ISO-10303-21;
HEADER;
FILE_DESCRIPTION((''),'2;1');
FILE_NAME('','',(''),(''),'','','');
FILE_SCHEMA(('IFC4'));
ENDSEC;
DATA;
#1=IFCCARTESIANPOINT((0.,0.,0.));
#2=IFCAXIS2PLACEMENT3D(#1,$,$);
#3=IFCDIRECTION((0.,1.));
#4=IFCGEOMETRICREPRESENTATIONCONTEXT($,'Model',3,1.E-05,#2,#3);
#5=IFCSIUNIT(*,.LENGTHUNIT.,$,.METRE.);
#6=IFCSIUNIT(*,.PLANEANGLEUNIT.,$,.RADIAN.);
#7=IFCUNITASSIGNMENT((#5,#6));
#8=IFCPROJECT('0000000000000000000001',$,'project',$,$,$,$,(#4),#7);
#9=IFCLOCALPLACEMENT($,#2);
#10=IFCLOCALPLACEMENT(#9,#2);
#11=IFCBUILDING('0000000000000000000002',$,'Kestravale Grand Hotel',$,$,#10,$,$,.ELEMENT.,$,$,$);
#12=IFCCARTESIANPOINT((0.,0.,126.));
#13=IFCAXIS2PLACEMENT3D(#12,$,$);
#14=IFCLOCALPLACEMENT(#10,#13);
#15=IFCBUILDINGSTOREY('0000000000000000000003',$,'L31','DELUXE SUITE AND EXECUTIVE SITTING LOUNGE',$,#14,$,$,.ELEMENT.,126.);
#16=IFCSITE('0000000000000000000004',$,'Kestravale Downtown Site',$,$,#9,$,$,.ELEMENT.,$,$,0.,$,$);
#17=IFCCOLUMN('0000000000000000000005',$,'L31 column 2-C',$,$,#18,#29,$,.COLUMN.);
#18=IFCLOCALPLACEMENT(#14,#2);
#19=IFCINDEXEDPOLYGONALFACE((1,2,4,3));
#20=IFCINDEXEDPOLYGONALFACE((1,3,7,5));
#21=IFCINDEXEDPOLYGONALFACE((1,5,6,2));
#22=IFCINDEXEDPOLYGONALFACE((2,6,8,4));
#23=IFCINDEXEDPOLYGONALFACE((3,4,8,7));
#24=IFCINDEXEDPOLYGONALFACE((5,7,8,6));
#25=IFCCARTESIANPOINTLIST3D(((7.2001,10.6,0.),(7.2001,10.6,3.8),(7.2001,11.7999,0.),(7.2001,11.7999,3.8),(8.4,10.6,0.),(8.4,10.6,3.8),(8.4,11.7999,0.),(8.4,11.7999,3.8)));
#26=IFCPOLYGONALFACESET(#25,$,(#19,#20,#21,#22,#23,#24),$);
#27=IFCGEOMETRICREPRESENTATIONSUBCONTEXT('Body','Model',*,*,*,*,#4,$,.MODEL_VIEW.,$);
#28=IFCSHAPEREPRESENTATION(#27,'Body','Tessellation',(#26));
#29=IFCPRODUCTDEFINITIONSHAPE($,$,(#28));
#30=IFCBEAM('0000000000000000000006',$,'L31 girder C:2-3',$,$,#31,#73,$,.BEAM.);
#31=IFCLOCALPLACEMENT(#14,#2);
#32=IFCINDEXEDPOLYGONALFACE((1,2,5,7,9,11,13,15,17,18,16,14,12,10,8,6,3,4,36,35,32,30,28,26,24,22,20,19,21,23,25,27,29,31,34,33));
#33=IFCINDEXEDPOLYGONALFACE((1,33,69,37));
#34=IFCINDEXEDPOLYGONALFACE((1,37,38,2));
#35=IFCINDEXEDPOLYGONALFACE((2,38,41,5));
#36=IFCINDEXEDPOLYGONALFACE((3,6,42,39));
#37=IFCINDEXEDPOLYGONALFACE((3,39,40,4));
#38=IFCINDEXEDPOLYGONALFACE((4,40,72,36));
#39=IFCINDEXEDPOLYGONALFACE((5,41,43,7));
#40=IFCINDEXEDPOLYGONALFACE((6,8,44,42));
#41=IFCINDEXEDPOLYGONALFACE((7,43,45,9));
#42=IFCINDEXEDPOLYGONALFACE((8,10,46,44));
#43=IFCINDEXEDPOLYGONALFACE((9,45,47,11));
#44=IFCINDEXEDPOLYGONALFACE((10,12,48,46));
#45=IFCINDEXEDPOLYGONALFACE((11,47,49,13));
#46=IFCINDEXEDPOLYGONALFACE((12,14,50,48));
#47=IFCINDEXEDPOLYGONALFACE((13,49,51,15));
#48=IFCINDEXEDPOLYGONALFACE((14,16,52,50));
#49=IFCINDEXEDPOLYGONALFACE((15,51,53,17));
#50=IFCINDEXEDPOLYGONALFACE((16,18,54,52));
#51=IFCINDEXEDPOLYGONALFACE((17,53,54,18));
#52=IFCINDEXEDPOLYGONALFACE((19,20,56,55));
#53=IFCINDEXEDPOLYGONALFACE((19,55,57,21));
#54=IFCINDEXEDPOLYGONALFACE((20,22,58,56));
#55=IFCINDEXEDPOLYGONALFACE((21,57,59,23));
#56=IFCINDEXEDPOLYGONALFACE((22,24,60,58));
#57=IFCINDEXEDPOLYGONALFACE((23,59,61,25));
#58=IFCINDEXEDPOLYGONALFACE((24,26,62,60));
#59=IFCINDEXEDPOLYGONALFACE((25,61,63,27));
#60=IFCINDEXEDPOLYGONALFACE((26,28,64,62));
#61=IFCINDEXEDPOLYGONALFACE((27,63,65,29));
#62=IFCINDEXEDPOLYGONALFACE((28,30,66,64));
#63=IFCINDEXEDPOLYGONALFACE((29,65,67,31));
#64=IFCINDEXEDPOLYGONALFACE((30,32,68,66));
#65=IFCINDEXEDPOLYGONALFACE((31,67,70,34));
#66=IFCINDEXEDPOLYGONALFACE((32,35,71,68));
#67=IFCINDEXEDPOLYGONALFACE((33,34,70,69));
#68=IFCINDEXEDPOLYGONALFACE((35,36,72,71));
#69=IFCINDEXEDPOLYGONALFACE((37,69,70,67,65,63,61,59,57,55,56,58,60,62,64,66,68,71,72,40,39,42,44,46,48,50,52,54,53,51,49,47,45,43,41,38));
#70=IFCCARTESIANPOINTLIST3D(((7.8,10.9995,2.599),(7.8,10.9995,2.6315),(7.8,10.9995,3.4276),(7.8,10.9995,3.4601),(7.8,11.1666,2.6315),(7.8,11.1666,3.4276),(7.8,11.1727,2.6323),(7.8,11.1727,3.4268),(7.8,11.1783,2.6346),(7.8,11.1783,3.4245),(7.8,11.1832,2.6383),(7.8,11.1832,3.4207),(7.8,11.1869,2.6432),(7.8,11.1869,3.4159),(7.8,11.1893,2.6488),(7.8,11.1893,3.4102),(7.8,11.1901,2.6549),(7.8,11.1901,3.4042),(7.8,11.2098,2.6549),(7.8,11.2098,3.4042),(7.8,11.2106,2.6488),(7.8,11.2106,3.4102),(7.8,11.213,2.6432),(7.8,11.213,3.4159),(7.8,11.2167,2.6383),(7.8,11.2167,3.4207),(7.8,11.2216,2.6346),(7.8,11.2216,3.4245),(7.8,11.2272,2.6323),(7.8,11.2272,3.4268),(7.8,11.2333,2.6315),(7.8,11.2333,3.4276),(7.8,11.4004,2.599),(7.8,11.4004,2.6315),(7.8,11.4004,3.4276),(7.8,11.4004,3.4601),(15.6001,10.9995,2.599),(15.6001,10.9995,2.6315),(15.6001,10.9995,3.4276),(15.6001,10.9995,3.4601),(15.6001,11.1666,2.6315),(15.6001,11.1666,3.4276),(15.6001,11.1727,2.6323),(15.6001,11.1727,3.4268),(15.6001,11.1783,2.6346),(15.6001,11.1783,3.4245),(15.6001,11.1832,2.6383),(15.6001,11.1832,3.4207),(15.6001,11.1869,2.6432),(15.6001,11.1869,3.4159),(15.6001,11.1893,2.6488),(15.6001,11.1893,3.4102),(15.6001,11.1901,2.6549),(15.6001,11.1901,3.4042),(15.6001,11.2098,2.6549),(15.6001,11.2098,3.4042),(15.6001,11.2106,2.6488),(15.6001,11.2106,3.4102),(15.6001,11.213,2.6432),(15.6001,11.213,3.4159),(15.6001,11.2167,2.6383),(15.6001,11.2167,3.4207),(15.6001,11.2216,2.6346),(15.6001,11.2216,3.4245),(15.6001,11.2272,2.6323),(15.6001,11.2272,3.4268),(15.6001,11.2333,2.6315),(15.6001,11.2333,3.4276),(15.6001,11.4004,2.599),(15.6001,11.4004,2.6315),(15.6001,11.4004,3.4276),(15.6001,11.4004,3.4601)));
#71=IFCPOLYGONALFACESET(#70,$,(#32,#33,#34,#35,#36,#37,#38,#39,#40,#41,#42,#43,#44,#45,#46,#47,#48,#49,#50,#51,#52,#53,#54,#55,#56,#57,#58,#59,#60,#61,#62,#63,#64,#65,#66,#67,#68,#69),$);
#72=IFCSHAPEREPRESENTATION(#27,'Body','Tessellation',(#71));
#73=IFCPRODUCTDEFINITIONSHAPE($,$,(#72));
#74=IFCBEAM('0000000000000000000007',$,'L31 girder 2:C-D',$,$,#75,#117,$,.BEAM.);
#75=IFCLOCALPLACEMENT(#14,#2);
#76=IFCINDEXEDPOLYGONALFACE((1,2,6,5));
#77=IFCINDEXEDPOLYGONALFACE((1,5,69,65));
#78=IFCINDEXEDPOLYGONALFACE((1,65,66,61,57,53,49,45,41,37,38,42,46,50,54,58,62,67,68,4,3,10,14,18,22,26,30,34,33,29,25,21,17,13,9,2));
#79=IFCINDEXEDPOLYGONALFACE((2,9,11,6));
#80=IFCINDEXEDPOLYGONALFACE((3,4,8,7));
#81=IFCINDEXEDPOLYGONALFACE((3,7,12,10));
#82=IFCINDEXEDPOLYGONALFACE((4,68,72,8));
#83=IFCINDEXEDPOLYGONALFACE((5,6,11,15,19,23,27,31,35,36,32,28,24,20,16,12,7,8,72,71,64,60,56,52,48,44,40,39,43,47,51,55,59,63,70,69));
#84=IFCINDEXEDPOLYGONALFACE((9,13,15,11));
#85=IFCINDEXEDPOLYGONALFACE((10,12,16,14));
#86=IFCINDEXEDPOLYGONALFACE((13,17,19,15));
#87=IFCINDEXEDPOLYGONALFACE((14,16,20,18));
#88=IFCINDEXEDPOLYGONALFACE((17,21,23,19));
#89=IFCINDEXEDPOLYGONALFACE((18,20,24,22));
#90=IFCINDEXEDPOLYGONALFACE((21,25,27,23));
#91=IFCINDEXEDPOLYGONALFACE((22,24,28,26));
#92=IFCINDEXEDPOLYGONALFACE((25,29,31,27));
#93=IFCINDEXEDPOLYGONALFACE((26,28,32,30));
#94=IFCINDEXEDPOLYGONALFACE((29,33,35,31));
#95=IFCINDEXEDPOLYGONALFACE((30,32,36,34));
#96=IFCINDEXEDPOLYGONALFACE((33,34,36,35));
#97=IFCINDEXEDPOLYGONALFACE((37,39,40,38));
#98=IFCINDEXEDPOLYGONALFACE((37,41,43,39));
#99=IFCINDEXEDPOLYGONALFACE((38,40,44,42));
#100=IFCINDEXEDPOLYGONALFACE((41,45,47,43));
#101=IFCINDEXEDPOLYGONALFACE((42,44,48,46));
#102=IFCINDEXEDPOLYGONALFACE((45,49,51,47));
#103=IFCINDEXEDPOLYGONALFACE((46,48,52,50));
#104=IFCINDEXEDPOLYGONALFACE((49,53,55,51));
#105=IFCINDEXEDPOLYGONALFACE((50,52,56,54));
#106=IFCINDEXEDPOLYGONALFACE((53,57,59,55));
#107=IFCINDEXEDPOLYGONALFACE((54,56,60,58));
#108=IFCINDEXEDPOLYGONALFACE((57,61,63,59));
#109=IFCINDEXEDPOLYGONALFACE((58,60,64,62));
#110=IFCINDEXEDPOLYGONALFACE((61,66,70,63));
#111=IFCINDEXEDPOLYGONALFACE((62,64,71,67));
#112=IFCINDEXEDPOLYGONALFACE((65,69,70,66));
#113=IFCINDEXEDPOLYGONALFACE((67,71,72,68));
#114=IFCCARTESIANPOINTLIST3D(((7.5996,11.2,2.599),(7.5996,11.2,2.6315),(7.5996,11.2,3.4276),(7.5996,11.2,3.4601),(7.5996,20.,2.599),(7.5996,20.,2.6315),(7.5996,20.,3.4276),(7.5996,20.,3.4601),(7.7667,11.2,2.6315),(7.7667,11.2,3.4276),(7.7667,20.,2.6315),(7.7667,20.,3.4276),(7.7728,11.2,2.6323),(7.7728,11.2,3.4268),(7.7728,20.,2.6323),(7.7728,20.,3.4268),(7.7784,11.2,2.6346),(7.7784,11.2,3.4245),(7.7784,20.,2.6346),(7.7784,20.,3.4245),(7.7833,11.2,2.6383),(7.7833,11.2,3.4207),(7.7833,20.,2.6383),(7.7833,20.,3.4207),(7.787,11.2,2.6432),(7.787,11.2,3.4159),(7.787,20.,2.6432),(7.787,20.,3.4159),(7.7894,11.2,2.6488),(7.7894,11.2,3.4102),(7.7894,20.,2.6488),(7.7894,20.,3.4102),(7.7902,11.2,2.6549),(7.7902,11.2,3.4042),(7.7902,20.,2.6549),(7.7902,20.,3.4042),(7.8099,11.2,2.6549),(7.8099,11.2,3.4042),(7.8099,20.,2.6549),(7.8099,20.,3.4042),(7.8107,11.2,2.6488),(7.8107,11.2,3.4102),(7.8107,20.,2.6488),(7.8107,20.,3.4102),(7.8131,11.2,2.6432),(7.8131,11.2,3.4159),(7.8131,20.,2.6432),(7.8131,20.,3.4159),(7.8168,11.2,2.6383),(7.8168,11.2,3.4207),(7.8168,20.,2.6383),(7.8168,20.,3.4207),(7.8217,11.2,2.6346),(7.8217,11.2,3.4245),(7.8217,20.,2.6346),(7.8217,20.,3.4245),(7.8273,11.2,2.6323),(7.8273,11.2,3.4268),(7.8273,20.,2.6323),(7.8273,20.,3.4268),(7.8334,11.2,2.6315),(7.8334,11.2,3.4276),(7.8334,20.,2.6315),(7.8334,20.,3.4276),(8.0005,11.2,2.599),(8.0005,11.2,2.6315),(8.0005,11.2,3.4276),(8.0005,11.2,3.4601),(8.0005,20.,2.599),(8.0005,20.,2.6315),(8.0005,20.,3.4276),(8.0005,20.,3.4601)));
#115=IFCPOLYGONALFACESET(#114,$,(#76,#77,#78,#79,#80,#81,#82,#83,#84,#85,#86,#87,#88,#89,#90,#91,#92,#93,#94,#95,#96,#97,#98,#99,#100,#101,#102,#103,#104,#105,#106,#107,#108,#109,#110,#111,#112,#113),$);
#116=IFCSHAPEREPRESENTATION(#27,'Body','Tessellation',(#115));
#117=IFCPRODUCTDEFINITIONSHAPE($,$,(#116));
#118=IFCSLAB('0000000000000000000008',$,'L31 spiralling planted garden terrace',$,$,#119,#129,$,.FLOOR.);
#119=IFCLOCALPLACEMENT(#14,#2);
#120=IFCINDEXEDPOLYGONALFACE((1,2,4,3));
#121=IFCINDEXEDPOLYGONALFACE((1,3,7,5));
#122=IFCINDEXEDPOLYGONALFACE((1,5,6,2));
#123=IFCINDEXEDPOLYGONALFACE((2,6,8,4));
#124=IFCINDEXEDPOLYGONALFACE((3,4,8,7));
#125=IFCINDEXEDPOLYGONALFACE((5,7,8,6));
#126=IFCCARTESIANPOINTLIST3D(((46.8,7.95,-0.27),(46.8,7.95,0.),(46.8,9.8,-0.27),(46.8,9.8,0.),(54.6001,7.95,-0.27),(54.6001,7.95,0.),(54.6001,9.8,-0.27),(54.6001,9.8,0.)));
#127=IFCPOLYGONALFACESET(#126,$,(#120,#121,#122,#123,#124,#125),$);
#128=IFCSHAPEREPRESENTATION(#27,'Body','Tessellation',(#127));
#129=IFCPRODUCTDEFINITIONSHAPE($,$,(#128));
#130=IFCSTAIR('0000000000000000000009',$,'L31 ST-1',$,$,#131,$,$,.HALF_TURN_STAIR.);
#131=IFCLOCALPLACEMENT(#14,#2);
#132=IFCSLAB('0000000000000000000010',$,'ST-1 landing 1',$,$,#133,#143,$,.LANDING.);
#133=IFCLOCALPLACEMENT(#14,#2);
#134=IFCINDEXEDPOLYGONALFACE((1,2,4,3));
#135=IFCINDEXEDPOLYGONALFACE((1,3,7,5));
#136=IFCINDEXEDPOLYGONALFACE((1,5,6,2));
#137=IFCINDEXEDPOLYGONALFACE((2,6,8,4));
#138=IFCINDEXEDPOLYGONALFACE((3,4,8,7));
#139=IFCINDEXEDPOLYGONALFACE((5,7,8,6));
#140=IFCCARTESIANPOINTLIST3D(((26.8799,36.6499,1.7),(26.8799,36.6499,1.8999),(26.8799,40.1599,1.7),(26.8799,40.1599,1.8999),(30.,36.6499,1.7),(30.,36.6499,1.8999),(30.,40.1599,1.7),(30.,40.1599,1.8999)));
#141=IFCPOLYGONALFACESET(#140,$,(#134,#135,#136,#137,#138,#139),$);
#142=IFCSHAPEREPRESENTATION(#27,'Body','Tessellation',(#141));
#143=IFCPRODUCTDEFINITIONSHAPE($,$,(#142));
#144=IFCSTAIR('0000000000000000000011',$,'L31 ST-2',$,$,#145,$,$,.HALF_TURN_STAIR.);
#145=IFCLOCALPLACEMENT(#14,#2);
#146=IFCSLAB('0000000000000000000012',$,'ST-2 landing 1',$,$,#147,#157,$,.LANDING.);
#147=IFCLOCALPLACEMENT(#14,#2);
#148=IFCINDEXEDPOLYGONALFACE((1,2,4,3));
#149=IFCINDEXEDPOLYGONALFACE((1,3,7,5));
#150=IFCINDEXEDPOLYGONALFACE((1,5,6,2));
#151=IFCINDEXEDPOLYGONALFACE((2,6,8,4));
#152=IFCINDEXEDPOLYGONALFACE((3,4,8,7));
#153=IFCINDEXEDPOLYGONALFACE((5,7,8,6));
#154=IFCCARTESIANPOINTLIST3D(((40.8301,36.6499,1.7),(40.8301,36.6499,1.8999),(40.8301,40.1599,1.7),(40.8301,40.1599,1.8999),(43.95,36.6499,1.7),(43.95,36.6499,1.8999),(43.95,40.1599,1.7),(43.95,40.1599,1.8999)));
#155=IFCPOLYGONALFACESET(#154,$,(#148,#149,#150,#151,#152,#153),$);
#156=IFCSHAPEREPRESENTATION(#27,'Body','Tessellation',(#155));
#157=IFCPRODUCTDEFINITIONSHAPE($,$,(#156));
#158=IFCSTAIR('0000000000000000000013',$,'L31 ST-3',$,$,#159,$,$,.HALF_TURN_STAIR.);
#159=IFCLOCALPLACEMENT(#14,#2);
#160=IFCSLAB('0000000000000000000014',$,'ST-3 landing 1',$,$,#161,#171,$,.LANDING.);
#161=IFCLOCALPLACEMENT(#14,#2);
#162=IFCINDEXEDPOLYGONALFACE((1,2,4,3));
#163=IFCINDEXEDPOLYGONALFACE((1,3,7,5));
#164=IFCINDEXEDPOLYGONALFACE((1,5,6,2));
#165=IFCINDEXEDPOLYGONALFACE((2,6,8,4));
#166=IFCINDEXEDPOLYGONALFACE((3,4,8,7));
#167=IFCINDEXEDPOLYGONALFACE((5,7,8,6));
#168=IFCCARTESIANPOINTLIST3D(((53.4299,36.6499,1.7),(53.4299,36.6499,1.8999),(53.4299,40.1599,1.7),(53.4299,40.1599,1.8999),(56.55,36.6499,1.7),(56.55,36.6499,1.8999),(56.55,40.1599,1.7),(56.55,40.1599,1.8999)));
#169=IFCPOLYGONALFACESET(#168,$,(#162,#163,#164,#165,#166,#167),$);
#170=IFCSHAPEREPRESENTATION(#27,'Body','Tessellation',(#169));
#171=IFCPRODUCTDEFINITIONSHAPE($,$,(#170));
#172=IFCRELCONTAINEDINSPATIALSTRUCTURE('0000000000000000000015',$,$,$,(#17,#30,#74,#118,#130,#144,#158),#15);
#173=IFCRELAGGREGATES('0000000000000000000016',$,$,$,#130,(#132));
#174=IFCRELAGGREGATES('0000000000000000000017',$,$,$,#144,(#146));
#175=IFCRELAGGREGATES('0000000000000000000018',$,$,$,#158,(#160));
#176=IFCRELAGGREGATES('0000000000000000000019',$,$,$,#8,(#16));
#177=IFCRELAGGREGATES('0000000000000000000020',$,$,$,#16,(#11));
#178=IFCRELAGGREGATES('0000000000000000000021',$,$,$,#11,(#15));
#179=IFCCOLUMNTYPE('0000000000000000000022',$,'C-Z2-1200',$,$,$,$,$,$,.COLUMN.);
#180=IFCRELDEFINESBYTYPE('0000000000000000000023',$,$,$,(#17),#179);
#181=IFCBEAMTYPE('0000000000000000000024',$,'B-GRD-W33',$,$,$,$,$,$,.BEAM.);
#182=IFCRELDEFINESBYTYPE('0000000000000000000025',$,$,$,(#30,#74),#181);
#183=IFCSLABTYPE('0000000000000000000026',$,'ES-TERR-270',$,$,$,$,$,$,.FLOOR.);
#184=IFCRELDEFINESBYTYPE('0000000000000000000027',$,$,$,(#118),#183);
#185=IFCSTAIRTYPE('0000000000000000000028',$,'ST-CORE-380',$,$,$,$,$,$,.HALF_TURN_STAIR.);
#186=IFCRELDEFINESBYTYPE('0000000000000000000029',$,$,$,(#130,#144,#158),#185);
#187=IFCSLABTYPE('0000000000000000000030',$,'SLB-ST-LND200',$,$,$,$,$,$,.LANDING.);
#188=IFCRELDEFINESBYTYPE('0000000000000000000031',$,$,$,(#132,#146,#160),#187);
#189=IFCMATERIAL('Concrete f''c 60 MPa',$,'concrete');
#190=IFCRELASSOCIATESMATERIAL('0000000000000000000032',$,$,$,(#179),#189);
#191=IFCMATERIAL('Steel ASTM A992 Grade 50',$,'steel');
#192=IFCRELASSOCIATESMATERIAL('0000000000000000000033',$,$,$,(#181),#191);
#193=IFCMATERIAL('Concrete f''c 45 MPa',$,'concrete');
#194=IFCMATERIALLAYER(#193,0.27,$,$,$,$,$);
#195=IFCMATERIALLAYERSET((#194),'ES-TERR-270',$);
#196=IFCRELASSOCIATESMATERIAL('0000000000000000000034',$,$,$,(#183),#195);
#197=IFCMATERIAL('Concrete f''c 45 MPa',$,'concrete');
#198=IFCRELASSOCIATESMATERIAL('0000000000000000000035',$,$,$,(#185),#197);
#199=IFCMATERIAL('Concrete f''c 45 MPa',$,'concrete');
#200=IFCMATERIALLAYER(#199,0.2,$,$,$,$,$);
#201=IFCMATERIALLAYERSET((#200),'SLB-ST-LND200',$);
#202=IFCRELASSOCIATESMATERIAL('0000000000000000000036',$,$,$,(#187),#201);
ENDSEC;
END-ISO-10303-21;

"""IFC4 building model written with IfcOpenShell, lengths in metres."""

from ifc_helpers import new_model, si_unit, direction, frame, origin, origin_2d, place, context, subcontext, project, spatial, polyline, rectangle, i_section, outline, extrude, material, layer, layer_set, material_profile, profile_set, type_object, element, aggregate, save


model = new_model("IFC4")

# Units and contexts
model_context = context("Model", 3, precision=1e-05, world=origin(), true_north=direction((0.0, 1.0)))
body_context = subcontext(model_context, "Body", "Model", "MODEL_VIEW")
ifc_project = project(units=[si_unit("LENGTHUNIT", "METRE"), si_unit("PLANEANGLEUNIT", "RADIAN")], contexts=[model_context])

# Site, building, storey
site_placement = place(None, origin())
site = spatial("IfcSite", under=ifc_project, at=site_placement, Name="Kestravale Downtown Site", CompositionType="ELEMENT", RefElevation=0.0)
building_placement = place(site_placement, origin())
building = spatial("IfcBuilding", under=site, at=building_placement, Name="Kestravale Grand Hotel", CompositionType="ELEMENT")
storey_placement = place(building_placement, frame((0.0, 0.0, 126.0)))
storey = spatial("IfcBuildingStorey", under=building, at=storey_placement, Name="L31", Description="DELUXE SUITE AND EXECUTIVE SITTING LOUNGE", CompositionType="ELEMENT", Elevation=126.0)

# Column
ifc_material_1 = material(Name="Concrete f'c 60 MPa", Category="concrete")
ifc_material_profile_1 = material_profile(ifc_material_1, rectangle(XDim=1.2, YDim=1.2, at=origin_2d()))
ifc_profile_set_1 = profile_set([ifc_material_profile_1], Name="Concrete f'c 60 MPa")
column_type = type_object("IfcColumnType", Name="C-Z2-1200", PredefinedType="COLUMN", material=ifc_profile_set_1)
column_placement = place(storey_placement, frame((7.8, 11.2, 0.0), z_axis=(0.0, 0.0, 1.0), x_axis=(1.0, 0.0, 0.0)))
element("IfcColumn", 1, at=column_placement, inside=storey, type_object=column_type, Name="L31 column 2-C", PredefinedType="COLUMN", context=body_context, shape_type="SweptSolid", body=[
    extrude(rectangle(XDim=1.2, YDim=1.2, at=origin_2d()), origin(), (0.0, 0.0, 1.0), 3.8),
])

# Beams
ifc_material_2 = material(Name="Steel ASTM A992 Grade 50", Category="steel")
ifc_material_profile_2 = material_profile(ifc_material_2, i_section(OverallWidth=0.4009, OverallDepth=0.8611, WebThickness=0.0198, FlangeThickness=0.0325, FilletRadius=0.0234, at=origin_2d()))
ifc_profile_set_2 = profile_set([ifc_material_profile_2], Name="Steel ASTM A992 Grade 50")
beam_type = type_object("IfcBeamType", Name="B-GRD-W33", PredefinedType="BEAM", material=ifc_profile_set_2)
beam_1_placement = place(storey_placement, frame((7.8, 11.2, 3.0295), z_axis=(1.0, 0.0, 0.0), x_axis=(0.0, 1.0, 0.0)))
element("IfcBeam", 2, at=beam_1_placement, inside=storey, type_object=beam_type, Name="L31 girder C:2-3", PredefinedType="BEAM", context=body_context, shape_type="SweptSolid", body=[
    extrude(i_section(OverallWidth=0.4009, OverallDepth=0.8611, WebThickness=0.0198, FlangeThickness=0.0325, FilletRadius=0.0234, at=origin_2d()), origin(), (0.0, 0.0, 1.0), 7.8),
])
beam_2_placement = place(storey_placement, frame((7.8, 11.2, 3.0295), z_axis=(0.0, 1.0, 0.0), x_axis=(-1.0, 0.0, 0.0)))
element("IfcBeam", 3, at=beam_2_placement, inside=storey, type_object=beam_type, Name="L31 girder 2:C-D", PredefinedType="BEAM", context=body_context, shape_type="SweptSolid", body=[
    extrude(i_section(OverallWidth=0.4009, OverallDepth=0.8611, WebThickness=0.0198, FlangeThickness=0.0325, FilletRadius=0.0234, at=origin_2d()), origin(), (0.0, 0.0, 1.0), 8.8),
])

# Slab
ifc_material_3 = material(Name="Concrete f'c 45 MPa", Category="concrete")
ifc_layer_1 = layer(ifc_material_3, 0.27)
ifc_layer_set_1 = layer_set([ifc_layer_1], Name="ES-TERR-270")
slab_type_1 = type_object("IfcSlabType", Name="ES-TERR-270", PredefinedType="FLOOR", material=ifc_layer_set_1)
slab_1_placement = place(storey_placement, frame((0.0, 0.0, -0.27)))
element("IfcSlab", 4, at=slab_1_placement, inside=storey, type_object=slab_type_1, Name="L31 spiralling planted garden terrace", PredefinedType="FLOOR", context=body_context, shape_type="SweptSolid", body=[
    extrude(outline(polyline([(46.8, 7.95), (54.6001, 7.95), (54.6001, 9.8), (46.8, 9.8), (46.8, 7.95)])), origin(), (0.0, 0.0, 1.0), 0.27),
])

# Stairs, slabs
ifc_material_4 = material(Name="Concrete f'c 45 MPa", Category="concrete")
stair_type = type_object("IfcStairType", Name="ST-CORE-380", PredefinedType="HALF_TURN_STAIR", material=ifc_material_4)
stair_1_placement = place(storey_placement, origin())
stair_1 = element("IfcStair", 5, at=stair_1_placement, inside=storey, type_object=stair_type, Name="L31 ST-1", PredefinedType="HALF_TURN_STAIR")
ifc_material_5 = material(Name="Concrete f'c 45 MPa", Category="concrete")
ifc_layer_2 = layer(ifc_material_5, 0.2)
ifc_layer_set_2 = layer_set([ifc_layer_2], Name="SLB-ST-LND200")
slab_type_2 = type_object("IfcSlabType", Name="SLB-ST-LND200", PredefinedType="LANDING", material=ifc_layer_set_2)
slab_2_placement = place(storey_placement, frame((0.0, 0.0, 1.7)))
slab_2 = element("IfcSlab", 6, at=slab_2_placement, type_object=slab_type_2, Name="ST-1 landing 1", PredefinedType="LANDING", context=body_context, shape_type="SweptSolid", body=[
    extrude(outline(polyline([(26.8799, 36.6499), (30.0, 36.6499), (30.0, 40.1599), (26.8799, 40.1599), (26.8799, 36.6499)])), origin(), (0.0, 0.0, 1.0), 0.2),
])
aggregate(stair_1, [slab_2])
stair_2_placement = place(storey_placement, origin())
stair_2 = element("IfcStair", 7, at=stair_2_placement, inside=storey, type_object=stair_type, Name="L31 ST-2", PredefinedType="HALF_TURN_STAIR")
slab_3_placement = place(storey_placement, frame((0.0, 0.0, 1.7)))
slab_3 = element("IfcSlab", 8, at=slab_3_placement, type_object=slab_type_2, Name="ST-2 landing 1", PredefinedType="LANDING", context=body_context, shape_type="SweptSolid", body=[
    extrude(outline(polyline([(40.8301, 36.6499), (43.95, 36.6499), (43.95, 40.1599), (40.8301, 40.1599), (40.8301, 36.6499)])), origin(), (0.0, 0.0, 1.0), 0.2),
])
aggregate(stair_2, [slab_3])
stair_3_placement = place(storey_placement, origin())
stair_3 = element("IfcStair", 9, at=stair_3_placement, inside=storey, type_object=stair_type, Name="L31 ST-3", PredefinedType="HALF_TURN_STAIR")
slab_4_placement = place(storey_placement, frame((0.0, 0.0, 1.7)))
slab_4 = element("IfcSlab", 10, at=slab_4_placement, type_object=slab_type_2, Name="ST-3 landing 1", PredefinedType="LANDING", context=body_context, shape_type="SweptSolid", body=[
    extrude(outline(polyline([(53.4299, 36.6499), (56.55, 36.6499), (56.55, 40.1599), (53.4299, 40.1599), (53.4299, 36.6499)])), origin(), (0.0, 0.0, 1.0), 0.2),
])
aggregate(stair_3, [slab_4])

save(model, "model.ifc")
